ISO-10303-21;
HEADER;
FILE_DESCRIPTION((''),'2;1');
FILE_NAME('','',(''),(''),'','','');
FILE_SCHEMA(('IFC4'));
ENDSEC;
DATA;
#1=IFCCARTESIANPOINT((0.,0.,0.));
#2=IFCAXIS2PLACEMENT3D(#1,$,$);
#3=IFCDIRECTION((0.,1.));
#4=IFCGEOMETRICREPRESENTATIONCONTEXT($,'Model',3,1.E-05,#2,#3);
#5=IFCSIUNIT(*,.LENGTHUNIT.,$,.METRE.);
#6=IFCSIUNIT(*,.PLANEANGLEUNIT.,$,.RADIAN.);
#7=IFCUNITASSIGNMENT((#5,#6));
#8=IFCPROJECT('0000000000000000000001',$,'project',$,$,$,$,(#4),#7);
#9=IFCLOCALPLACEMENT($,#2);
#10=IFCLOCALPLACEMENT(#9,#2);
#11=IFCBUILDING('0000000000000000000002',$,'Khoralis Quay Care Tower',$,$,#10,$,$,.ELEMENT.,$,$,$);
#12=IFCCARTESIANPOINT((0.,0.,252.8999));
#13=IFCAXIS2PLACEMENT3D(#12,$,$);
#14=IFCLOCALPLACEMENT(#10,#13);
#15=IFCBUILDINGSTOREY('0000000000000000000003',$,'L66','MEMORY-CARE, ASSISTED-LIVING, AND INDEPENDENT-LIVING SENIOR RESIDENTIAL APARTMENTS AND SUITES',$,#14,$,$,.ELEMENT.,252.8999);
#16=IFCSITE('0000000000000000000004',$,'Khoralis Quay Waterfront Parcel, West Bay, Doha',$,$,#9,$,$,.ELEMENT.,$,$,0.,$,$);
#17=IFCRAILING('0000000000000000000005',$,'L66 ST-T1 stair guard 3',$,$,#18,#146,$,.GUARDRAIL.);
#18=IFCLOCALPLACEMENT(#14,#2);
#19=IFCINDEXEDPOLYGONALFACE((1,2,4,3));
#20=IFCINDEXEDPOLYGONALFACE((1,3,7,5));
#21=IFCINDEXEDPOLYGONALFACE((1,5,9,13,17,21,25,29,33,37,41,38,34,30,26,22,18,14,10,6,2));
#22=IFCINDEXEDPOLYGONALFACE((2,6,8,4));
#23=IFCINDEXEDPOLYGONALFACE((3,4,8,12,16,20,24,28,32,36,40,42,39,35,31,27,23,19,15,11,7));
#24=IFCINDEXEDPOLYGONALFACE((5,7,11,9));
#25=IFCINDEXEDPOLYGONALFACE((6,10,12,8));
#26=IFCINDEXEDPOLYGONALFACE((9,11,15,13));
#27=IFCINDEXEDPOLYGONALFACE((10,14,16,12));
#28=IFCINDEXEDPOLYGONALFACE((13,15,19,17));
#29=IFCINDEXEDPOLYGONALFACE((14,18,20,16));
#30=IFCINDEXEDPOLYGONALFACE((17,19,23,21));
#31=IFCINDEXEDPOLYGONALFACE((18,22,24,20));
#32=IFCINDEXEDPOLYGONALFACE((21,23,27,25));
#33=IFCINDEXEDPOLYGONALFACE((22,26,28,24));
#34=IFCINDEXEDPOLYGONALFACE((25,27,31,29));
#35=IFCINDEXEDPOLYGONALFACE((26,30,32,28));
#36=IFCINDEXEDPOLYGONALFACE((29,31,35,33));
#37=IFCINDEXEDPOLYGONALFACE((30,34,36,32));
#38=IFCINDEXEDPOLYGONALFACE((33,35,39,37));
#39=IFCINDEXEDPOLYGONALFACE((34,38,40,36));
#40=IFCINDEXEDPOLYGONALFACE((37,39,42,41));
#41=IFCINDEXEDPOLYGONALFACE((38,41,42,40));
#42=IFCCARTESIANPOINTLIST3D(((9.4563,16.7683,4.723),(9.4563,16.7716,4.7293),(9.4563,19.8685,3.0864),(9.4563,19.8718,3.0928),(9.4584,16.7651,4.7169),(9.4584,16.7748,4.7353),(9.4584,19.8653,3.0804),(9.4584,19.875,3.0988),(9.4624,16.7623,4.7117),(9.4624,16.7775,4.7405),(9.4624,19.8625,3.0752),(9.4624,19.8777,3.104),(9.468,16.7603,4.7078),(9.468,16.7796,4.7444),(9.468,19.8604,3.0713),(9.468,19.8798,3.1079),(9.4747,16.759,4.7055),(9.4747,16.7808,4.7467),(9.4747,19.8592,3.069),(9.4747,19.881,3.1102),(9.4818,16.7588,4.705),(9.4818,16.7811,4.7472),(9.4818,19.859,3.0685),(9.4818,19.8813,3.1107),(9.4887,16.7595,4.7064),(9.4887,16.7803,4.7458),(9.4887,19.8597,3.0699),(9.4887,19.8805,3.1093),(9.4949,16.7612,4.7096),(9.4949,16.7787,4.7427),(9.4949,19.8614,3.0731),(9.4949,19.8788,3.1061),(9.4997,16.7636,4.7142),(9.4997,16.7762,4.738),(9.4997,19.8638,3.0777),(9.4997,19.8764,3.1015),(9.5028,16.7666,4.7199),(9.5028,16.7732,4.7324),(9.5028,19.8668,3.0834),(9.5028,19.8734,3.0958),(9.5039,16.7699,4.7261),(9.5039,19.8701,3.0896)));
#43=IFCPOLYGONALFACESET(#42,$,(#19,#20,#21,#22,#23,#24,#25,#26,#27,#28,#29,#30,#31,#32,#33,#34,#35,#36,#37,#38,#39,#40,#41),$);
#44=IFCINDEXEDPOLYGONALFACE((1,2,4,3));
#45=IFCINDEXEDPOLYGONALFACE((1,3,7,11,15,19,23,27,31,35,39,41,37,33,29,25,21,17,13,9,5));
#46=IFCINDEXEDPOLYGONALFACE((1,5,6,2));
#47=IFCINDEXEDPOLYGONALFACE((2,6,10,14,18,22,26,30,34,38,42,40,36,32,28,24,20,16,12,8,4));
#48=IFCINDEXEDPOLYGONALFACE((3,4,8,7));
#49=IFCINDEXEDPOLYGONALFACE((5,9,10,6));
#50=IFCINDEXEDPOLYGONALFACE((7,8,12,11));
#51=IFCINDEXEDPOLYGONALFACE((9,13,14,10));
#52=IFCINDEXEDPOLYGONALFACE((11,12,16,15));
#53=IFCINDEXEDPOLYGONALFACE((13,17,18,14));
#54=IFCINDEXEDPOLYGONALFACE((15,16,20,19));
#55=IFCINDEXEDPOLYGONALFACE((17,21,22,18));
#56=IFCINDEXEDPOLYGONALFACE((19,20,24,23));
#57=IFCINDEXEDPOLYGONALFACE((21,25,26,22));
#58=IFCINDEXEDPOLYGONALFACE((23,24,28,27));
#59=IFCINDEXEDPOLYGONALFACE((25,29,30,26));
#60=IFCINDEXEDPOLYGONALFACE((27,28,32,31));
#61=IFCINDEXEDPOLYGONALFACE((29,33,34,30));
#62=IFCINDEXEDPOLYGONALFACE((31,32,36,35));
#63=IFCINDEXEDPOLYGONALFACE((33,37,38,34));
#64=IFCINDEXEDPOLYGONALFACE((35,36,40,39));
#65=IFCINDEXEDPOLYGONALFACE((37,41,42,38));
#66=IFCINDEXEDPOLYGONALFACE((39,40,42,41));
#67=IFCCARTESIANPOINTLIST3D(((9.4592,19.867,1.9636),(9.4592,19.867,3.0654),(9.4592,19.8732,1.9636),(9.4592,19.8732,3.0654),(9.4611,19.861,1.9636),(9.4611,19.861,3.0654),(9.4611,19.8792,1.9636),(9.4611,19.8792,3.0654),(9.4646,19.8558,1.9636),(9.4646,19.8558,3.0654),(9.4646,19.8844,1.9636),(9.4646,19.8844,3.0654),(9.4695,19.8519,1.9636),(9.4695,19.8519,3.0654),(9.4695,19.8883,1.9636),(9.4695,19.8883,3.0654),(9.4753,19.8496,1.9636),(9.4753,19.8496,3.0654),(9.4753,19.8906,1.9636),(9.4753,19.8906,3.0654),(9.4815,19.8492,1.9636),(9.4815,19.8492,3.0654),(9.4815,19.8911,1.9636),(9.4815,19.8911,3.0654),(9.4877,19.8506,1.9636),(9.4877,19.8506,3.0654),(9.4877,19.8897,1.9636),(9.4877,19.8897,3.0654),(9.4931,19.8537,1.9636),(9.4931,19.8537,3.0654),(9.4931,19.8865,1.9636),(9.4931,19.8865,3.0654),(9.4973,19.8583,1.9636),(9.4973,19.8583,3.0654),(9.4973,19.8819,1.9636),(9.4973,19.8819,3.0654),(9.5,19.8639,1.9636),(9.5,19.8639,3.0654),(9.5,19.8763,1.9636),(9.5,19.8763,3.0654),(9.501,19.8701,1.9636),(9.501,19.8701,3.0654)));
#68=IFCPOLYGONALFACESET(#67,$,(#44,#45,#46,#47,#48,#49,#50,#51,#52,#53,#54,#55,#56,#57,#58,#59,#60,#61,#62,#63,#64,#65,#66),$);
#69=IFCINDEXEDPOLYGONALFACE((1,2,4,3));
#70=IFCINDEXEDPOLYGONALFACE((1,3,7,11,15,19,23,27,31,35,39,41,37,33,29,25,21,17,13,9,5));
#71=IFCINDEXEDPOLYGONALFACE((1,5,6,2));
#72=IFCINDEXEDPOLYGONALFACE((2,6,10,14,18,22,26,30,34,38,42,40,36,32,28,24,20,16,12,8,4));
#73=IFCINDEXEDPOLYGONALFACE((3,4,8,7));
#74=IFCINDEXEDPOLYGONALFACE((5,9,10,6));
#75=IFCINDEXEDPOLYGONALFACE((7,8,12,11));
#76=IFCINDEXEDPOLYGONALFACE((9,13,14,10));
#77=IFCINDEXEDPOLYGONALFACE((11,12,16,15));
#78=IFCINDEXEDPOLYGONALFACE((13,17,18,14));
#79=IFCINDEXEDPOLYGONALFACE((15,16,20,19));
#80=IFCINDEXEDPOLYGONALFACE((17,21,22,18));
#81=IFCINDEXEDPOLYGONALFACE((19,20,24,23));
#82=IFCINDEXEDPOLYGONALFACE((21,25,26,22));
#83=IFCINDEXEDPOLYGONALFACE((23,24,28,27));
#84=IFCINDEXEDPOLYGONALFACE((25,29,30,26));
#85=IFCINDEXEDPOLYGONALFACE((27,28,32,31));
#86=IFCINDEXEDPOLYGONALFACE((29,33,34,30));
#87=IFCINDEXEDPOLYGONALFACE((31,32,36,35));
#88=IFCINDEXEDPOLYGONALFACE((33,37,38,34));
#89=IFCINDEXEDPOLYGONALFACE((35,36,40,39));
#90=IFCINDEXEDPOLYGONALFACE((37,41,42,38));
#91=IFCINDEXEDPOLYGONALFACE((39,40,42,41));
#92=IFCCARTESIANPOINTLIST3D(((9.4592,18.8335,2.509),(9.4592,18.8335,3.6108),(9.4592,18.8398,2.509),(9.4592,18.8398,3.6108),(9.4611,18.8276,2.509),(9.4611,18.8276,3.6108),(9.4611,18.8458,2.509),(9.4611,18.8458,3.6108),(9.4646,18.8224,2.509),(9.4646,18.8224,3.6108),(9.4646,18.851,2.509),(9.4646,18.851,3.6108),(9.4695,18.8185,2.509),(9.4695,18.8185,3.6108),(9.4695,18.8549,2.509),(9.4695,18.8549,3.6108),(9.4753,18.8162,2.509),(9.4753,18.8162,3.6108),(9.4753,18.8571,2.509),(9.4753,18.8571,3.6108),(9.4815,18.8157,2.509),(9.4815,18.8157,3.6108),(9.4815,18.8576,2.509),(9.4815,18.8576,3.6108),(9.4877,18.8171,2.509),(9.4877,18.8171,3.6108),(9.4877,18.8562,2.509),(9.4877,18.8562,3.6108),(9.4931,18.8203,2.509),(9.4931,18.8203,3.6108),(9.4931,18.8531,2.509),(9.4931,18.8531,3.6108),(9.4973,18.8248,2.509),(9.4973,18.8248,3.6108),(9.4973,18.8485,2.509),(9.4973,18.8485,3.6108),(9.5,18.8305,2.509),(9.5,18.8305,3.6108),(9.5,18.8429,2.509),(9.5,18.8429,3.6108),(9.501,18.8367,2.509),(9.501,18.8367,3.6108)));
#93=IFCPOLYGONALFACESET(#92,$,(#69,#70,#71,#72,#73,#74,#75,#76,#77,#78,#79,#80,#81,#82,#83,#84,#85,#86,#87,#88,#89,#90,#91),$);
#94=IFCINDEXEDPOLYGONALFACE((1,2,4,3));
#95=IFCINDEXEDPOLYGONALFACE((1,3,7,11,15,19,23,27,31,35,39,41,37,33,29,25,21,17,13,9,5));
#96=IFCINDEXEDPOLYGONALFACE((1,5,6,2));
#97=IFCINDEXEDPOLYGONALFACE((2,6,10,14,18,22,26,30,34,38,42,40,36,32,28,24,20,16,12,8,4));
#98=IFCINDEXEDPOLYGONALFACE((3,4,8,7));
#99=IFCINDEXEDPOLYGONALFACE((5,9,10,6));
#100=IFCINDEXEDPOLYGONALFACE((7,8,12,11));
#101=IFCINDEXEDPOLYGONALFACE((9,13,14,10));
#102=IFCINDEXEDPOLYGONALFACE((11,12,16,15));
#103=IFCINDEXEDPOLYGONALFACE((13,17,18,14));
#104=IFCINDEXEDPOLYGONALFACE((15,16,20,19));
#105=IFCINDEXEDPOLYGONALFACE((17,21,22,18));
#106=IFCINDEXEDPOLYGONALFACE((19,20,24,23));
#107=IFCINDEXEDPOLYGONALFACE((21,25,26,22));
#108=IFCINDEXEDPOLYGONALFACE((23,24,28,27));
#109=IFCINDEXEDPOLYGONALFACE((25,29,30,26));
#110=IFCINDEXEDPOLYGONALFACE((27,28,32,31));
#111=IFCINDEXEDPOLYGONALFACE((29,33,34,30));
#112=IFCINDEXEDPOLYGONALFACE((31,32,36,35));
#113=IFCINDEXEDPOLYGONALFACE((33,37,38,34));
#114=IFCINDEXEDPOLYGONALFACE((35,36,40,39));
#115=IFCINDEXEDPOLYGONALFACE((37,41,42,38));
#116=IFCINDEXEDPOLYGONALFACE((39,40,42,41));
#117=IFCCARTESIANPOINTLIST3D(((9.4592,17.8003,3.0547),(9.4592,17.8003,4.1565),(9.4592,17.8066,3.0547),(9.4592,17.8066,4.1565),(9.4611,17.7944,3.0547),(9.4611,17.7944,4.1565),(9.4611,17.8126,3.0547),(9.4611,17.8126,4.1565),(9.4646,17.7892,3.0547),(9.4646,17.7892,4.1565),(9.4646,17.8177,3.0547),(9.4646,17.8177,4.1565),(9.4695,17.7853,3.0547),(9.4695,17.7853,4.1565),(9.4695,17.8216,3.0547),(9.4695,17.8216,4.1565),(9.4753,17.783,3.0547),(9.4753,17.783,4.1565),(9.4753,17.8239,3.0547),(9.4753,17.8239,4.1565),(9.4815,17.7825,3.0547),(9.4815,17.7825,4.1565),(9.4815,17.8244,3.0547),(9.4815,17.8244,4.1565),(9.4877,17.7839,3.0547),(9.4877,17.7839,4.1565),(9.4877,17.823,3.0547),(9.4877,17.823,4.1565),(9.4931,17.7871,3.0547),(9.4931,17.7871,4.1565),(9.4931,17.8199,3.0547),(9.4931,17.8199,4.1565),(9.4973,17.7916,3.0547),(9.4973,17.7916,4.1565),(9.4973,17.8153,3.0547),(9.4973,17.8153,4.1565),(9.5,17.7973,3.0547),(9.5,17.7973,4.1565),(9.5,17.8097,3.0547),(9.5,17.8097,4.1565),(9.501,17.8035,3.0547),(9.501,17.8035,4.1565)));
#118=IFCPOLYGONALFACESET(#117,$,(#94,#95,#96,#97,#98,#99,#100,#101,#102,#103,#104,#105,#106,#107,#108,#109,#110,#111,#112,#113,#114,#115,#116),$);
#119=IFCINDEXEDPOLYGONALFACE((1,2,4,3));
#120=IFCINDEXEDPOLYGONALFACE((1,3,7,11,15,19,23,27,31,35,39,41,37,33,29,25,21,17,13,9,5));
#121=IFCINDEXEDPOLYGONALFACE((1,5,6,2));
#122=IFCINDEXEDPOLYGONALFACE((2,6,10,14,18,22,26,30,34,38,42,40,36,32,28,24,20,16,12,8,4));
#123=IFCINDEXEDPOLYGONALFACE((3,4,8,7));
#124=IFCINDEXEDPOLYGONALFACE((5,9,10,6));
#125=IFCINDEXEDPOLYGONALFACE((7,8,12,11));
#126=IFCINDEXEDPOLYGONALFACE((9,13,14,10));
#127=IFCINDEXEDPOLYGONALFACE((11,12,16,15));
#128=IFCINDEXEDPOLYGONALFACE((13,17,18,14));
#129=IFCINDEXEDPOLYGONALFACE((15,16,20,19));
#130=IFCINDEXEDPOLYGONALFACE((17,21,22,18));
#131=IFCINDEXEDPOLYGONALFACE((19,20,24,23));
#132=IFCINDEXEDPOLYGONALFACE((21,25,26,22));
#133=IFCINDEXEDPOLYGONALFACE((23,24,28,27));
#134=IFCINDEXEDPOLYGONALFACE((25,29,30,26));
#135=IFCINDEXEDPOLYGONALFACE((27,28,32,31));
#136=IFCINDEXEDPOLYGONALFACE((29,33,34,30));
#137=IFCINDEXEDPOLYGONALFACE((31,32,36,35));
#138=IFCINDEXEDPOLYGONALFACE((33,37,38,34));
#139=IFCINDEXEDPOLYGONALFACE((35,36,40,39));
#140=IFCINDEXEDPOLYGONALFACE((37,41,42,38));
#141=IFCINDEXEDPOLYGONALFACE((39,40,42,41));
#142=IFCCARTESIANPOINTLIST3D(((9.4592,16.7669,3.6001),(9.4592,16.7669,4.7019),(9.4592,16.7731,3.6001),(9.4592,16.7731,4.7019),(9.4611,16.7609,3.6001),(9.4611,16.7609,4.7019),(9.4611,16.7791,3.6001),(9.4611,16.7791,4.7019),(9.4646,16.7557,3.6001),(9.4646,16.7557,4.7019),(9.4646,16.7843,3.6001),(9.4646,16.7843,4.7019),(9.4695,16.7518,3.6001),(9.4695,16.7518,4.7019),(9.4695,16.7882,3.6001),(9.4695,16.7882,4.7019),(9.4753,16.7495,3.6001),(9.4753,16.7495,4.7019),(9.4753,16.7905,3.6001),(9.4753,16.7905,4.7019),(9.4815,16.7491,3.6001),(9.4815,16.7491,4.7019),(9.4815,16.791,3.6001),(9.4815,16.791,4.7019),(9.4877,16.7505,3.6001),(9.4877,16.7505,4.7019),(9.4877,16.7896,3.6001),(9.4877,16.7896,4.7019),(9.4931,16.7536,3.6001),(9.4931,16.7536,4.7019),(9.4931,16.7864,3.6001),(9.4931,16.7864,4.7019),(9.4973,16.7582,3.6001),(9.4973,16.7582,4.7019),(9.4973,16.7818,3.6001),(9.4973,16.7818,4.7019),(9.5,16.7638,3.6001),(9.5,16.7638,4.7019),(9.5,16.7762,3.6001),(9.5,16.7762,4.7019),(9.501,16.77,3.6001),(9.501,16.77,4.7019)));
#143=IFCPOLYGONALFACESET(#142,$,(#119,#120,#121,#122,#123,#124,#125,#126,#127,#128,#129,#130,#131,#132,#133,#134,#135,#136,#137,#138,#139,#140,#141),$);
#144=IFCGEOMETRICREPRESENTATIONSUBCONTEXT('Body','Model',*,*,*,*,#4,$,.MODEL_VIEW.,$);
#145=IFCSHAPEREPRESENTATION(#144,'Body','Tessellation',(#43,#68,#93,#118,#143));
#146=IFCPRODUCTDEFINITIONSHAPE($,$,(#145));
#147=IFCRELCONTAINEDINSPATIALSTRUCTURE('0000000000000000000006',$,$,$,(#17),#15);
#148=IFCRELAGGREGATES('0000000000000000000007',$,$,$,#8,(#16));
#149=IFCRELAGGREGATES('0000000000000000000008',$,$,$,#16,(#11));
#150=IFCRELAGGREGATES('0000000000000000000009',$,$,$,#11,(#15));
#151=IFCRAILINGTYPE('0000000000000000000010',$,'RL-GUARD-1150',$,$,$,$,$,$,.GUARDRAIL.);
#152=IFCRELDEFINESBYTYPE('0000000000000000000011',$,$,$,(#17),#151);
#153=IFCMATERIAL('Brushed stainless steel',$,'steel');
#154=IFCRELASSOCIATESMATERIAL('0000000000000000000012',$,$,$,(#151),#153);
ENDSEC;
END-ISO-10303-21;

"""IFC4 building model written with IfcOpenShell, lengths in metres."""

from ifc_helpers import new_model, si_unit, direction, frame, origin, origin_2d, place, context, subcontext, project, spatial, circle, extrude, material, type_object, element, save


model = new_model("IFC4")

# Units and contexts
model_context = context("Model", 3, precision=1e-05, world=origin(), true_north=direction((0.0, 1.0)))
body_context = subcontext(model_context, "Body", "Model", "MODEL_VIEW")
ifc_project = project(units=[si_unit("LENGTHUNIT", "METRE"), si_unit("PLANEANGLEUNIT", "RADIAN")], contexts=[model_context])

# Site, building, storey
site_placement = place(None, origin())
site = spatial("IfcSite", under=ifc_project, at=site_placement, Name="Khoralis Quay Waterfront Parcel, West Bay, Doha", CompositionType="ELEMENT", RefElevation=0.0)
building_placement = place(site_placement, origin())
building = spatial("IfcBuilding", under=site, at=building_placement, Name="Khoralis Quay Care Tower", CompositionType="ELEMENT")
storey_placement = place(building_placement, frame((0.0, 0.0, 252.8999)))
storey = spatial("IfcBuildingStorey", under=building, at=storey_placement, Name="L66", Description="MEMORY-CARE, ASSISTED-LIVING, AND INDEPENDENT-LIVING SENIOR RESIDENTIAL APARTMENTS AND SUITES", CompositionType="ELEMENT", Elevation=252.8999)

# Railing
ifc_material_1 = material(Name="Brushed stainless steel", Category="steel")
railing_type_1 = type_object("IfcRailingType", Name="RL-GUARD-1150", PredefinedType="GUARDRAIL", material=ifc_material_1)
railing_1_placement = place(storey_placement, frame((9.48, 19.8701, 1.9636)))
element("IfcRailing", 1, at=railing_1_placement, inside=storey, type_object=railing_type_1, Name="L66 ST-T1 stair guard 3", PredefinedType="GUARDRAIL", context=body_context, shape_type="SweptSolid", body=[
    extrude(circle(Radius=0.0239, at=origin_2d()), frame((0.0, 0.0, 1.126), z_axis=(0.0, -0.884348, 0.466828), x_axis=(1.0, 0.0, 0.0)), (0.0, 0.0, 1.0), 3.5056),
    extrude(circle(Radius=0.021, at=origin_2d()), origin(), (0.0, 0.0, 1.0), 1.1018),
    extrude(circle(Radius=0.021, at=origin_2d()), frame((0.0, -1.0334, 0.5454)), (0.0, 0.0, 1.0), 1.1018),
    extrude(circle(Radius=0.021, at=origin_2d()), frame((0.0, -2.0667, 1.0911)), (0.0, 0.0, 1.0), 1.1018),
    extrude(circle(Radius=0.021, at=origin_2d()), frame((0.0, -3.1001, 1.6365)), (0.0, 0.0, 1.0), 1.1018),
])

save(model, "model.ifc")
